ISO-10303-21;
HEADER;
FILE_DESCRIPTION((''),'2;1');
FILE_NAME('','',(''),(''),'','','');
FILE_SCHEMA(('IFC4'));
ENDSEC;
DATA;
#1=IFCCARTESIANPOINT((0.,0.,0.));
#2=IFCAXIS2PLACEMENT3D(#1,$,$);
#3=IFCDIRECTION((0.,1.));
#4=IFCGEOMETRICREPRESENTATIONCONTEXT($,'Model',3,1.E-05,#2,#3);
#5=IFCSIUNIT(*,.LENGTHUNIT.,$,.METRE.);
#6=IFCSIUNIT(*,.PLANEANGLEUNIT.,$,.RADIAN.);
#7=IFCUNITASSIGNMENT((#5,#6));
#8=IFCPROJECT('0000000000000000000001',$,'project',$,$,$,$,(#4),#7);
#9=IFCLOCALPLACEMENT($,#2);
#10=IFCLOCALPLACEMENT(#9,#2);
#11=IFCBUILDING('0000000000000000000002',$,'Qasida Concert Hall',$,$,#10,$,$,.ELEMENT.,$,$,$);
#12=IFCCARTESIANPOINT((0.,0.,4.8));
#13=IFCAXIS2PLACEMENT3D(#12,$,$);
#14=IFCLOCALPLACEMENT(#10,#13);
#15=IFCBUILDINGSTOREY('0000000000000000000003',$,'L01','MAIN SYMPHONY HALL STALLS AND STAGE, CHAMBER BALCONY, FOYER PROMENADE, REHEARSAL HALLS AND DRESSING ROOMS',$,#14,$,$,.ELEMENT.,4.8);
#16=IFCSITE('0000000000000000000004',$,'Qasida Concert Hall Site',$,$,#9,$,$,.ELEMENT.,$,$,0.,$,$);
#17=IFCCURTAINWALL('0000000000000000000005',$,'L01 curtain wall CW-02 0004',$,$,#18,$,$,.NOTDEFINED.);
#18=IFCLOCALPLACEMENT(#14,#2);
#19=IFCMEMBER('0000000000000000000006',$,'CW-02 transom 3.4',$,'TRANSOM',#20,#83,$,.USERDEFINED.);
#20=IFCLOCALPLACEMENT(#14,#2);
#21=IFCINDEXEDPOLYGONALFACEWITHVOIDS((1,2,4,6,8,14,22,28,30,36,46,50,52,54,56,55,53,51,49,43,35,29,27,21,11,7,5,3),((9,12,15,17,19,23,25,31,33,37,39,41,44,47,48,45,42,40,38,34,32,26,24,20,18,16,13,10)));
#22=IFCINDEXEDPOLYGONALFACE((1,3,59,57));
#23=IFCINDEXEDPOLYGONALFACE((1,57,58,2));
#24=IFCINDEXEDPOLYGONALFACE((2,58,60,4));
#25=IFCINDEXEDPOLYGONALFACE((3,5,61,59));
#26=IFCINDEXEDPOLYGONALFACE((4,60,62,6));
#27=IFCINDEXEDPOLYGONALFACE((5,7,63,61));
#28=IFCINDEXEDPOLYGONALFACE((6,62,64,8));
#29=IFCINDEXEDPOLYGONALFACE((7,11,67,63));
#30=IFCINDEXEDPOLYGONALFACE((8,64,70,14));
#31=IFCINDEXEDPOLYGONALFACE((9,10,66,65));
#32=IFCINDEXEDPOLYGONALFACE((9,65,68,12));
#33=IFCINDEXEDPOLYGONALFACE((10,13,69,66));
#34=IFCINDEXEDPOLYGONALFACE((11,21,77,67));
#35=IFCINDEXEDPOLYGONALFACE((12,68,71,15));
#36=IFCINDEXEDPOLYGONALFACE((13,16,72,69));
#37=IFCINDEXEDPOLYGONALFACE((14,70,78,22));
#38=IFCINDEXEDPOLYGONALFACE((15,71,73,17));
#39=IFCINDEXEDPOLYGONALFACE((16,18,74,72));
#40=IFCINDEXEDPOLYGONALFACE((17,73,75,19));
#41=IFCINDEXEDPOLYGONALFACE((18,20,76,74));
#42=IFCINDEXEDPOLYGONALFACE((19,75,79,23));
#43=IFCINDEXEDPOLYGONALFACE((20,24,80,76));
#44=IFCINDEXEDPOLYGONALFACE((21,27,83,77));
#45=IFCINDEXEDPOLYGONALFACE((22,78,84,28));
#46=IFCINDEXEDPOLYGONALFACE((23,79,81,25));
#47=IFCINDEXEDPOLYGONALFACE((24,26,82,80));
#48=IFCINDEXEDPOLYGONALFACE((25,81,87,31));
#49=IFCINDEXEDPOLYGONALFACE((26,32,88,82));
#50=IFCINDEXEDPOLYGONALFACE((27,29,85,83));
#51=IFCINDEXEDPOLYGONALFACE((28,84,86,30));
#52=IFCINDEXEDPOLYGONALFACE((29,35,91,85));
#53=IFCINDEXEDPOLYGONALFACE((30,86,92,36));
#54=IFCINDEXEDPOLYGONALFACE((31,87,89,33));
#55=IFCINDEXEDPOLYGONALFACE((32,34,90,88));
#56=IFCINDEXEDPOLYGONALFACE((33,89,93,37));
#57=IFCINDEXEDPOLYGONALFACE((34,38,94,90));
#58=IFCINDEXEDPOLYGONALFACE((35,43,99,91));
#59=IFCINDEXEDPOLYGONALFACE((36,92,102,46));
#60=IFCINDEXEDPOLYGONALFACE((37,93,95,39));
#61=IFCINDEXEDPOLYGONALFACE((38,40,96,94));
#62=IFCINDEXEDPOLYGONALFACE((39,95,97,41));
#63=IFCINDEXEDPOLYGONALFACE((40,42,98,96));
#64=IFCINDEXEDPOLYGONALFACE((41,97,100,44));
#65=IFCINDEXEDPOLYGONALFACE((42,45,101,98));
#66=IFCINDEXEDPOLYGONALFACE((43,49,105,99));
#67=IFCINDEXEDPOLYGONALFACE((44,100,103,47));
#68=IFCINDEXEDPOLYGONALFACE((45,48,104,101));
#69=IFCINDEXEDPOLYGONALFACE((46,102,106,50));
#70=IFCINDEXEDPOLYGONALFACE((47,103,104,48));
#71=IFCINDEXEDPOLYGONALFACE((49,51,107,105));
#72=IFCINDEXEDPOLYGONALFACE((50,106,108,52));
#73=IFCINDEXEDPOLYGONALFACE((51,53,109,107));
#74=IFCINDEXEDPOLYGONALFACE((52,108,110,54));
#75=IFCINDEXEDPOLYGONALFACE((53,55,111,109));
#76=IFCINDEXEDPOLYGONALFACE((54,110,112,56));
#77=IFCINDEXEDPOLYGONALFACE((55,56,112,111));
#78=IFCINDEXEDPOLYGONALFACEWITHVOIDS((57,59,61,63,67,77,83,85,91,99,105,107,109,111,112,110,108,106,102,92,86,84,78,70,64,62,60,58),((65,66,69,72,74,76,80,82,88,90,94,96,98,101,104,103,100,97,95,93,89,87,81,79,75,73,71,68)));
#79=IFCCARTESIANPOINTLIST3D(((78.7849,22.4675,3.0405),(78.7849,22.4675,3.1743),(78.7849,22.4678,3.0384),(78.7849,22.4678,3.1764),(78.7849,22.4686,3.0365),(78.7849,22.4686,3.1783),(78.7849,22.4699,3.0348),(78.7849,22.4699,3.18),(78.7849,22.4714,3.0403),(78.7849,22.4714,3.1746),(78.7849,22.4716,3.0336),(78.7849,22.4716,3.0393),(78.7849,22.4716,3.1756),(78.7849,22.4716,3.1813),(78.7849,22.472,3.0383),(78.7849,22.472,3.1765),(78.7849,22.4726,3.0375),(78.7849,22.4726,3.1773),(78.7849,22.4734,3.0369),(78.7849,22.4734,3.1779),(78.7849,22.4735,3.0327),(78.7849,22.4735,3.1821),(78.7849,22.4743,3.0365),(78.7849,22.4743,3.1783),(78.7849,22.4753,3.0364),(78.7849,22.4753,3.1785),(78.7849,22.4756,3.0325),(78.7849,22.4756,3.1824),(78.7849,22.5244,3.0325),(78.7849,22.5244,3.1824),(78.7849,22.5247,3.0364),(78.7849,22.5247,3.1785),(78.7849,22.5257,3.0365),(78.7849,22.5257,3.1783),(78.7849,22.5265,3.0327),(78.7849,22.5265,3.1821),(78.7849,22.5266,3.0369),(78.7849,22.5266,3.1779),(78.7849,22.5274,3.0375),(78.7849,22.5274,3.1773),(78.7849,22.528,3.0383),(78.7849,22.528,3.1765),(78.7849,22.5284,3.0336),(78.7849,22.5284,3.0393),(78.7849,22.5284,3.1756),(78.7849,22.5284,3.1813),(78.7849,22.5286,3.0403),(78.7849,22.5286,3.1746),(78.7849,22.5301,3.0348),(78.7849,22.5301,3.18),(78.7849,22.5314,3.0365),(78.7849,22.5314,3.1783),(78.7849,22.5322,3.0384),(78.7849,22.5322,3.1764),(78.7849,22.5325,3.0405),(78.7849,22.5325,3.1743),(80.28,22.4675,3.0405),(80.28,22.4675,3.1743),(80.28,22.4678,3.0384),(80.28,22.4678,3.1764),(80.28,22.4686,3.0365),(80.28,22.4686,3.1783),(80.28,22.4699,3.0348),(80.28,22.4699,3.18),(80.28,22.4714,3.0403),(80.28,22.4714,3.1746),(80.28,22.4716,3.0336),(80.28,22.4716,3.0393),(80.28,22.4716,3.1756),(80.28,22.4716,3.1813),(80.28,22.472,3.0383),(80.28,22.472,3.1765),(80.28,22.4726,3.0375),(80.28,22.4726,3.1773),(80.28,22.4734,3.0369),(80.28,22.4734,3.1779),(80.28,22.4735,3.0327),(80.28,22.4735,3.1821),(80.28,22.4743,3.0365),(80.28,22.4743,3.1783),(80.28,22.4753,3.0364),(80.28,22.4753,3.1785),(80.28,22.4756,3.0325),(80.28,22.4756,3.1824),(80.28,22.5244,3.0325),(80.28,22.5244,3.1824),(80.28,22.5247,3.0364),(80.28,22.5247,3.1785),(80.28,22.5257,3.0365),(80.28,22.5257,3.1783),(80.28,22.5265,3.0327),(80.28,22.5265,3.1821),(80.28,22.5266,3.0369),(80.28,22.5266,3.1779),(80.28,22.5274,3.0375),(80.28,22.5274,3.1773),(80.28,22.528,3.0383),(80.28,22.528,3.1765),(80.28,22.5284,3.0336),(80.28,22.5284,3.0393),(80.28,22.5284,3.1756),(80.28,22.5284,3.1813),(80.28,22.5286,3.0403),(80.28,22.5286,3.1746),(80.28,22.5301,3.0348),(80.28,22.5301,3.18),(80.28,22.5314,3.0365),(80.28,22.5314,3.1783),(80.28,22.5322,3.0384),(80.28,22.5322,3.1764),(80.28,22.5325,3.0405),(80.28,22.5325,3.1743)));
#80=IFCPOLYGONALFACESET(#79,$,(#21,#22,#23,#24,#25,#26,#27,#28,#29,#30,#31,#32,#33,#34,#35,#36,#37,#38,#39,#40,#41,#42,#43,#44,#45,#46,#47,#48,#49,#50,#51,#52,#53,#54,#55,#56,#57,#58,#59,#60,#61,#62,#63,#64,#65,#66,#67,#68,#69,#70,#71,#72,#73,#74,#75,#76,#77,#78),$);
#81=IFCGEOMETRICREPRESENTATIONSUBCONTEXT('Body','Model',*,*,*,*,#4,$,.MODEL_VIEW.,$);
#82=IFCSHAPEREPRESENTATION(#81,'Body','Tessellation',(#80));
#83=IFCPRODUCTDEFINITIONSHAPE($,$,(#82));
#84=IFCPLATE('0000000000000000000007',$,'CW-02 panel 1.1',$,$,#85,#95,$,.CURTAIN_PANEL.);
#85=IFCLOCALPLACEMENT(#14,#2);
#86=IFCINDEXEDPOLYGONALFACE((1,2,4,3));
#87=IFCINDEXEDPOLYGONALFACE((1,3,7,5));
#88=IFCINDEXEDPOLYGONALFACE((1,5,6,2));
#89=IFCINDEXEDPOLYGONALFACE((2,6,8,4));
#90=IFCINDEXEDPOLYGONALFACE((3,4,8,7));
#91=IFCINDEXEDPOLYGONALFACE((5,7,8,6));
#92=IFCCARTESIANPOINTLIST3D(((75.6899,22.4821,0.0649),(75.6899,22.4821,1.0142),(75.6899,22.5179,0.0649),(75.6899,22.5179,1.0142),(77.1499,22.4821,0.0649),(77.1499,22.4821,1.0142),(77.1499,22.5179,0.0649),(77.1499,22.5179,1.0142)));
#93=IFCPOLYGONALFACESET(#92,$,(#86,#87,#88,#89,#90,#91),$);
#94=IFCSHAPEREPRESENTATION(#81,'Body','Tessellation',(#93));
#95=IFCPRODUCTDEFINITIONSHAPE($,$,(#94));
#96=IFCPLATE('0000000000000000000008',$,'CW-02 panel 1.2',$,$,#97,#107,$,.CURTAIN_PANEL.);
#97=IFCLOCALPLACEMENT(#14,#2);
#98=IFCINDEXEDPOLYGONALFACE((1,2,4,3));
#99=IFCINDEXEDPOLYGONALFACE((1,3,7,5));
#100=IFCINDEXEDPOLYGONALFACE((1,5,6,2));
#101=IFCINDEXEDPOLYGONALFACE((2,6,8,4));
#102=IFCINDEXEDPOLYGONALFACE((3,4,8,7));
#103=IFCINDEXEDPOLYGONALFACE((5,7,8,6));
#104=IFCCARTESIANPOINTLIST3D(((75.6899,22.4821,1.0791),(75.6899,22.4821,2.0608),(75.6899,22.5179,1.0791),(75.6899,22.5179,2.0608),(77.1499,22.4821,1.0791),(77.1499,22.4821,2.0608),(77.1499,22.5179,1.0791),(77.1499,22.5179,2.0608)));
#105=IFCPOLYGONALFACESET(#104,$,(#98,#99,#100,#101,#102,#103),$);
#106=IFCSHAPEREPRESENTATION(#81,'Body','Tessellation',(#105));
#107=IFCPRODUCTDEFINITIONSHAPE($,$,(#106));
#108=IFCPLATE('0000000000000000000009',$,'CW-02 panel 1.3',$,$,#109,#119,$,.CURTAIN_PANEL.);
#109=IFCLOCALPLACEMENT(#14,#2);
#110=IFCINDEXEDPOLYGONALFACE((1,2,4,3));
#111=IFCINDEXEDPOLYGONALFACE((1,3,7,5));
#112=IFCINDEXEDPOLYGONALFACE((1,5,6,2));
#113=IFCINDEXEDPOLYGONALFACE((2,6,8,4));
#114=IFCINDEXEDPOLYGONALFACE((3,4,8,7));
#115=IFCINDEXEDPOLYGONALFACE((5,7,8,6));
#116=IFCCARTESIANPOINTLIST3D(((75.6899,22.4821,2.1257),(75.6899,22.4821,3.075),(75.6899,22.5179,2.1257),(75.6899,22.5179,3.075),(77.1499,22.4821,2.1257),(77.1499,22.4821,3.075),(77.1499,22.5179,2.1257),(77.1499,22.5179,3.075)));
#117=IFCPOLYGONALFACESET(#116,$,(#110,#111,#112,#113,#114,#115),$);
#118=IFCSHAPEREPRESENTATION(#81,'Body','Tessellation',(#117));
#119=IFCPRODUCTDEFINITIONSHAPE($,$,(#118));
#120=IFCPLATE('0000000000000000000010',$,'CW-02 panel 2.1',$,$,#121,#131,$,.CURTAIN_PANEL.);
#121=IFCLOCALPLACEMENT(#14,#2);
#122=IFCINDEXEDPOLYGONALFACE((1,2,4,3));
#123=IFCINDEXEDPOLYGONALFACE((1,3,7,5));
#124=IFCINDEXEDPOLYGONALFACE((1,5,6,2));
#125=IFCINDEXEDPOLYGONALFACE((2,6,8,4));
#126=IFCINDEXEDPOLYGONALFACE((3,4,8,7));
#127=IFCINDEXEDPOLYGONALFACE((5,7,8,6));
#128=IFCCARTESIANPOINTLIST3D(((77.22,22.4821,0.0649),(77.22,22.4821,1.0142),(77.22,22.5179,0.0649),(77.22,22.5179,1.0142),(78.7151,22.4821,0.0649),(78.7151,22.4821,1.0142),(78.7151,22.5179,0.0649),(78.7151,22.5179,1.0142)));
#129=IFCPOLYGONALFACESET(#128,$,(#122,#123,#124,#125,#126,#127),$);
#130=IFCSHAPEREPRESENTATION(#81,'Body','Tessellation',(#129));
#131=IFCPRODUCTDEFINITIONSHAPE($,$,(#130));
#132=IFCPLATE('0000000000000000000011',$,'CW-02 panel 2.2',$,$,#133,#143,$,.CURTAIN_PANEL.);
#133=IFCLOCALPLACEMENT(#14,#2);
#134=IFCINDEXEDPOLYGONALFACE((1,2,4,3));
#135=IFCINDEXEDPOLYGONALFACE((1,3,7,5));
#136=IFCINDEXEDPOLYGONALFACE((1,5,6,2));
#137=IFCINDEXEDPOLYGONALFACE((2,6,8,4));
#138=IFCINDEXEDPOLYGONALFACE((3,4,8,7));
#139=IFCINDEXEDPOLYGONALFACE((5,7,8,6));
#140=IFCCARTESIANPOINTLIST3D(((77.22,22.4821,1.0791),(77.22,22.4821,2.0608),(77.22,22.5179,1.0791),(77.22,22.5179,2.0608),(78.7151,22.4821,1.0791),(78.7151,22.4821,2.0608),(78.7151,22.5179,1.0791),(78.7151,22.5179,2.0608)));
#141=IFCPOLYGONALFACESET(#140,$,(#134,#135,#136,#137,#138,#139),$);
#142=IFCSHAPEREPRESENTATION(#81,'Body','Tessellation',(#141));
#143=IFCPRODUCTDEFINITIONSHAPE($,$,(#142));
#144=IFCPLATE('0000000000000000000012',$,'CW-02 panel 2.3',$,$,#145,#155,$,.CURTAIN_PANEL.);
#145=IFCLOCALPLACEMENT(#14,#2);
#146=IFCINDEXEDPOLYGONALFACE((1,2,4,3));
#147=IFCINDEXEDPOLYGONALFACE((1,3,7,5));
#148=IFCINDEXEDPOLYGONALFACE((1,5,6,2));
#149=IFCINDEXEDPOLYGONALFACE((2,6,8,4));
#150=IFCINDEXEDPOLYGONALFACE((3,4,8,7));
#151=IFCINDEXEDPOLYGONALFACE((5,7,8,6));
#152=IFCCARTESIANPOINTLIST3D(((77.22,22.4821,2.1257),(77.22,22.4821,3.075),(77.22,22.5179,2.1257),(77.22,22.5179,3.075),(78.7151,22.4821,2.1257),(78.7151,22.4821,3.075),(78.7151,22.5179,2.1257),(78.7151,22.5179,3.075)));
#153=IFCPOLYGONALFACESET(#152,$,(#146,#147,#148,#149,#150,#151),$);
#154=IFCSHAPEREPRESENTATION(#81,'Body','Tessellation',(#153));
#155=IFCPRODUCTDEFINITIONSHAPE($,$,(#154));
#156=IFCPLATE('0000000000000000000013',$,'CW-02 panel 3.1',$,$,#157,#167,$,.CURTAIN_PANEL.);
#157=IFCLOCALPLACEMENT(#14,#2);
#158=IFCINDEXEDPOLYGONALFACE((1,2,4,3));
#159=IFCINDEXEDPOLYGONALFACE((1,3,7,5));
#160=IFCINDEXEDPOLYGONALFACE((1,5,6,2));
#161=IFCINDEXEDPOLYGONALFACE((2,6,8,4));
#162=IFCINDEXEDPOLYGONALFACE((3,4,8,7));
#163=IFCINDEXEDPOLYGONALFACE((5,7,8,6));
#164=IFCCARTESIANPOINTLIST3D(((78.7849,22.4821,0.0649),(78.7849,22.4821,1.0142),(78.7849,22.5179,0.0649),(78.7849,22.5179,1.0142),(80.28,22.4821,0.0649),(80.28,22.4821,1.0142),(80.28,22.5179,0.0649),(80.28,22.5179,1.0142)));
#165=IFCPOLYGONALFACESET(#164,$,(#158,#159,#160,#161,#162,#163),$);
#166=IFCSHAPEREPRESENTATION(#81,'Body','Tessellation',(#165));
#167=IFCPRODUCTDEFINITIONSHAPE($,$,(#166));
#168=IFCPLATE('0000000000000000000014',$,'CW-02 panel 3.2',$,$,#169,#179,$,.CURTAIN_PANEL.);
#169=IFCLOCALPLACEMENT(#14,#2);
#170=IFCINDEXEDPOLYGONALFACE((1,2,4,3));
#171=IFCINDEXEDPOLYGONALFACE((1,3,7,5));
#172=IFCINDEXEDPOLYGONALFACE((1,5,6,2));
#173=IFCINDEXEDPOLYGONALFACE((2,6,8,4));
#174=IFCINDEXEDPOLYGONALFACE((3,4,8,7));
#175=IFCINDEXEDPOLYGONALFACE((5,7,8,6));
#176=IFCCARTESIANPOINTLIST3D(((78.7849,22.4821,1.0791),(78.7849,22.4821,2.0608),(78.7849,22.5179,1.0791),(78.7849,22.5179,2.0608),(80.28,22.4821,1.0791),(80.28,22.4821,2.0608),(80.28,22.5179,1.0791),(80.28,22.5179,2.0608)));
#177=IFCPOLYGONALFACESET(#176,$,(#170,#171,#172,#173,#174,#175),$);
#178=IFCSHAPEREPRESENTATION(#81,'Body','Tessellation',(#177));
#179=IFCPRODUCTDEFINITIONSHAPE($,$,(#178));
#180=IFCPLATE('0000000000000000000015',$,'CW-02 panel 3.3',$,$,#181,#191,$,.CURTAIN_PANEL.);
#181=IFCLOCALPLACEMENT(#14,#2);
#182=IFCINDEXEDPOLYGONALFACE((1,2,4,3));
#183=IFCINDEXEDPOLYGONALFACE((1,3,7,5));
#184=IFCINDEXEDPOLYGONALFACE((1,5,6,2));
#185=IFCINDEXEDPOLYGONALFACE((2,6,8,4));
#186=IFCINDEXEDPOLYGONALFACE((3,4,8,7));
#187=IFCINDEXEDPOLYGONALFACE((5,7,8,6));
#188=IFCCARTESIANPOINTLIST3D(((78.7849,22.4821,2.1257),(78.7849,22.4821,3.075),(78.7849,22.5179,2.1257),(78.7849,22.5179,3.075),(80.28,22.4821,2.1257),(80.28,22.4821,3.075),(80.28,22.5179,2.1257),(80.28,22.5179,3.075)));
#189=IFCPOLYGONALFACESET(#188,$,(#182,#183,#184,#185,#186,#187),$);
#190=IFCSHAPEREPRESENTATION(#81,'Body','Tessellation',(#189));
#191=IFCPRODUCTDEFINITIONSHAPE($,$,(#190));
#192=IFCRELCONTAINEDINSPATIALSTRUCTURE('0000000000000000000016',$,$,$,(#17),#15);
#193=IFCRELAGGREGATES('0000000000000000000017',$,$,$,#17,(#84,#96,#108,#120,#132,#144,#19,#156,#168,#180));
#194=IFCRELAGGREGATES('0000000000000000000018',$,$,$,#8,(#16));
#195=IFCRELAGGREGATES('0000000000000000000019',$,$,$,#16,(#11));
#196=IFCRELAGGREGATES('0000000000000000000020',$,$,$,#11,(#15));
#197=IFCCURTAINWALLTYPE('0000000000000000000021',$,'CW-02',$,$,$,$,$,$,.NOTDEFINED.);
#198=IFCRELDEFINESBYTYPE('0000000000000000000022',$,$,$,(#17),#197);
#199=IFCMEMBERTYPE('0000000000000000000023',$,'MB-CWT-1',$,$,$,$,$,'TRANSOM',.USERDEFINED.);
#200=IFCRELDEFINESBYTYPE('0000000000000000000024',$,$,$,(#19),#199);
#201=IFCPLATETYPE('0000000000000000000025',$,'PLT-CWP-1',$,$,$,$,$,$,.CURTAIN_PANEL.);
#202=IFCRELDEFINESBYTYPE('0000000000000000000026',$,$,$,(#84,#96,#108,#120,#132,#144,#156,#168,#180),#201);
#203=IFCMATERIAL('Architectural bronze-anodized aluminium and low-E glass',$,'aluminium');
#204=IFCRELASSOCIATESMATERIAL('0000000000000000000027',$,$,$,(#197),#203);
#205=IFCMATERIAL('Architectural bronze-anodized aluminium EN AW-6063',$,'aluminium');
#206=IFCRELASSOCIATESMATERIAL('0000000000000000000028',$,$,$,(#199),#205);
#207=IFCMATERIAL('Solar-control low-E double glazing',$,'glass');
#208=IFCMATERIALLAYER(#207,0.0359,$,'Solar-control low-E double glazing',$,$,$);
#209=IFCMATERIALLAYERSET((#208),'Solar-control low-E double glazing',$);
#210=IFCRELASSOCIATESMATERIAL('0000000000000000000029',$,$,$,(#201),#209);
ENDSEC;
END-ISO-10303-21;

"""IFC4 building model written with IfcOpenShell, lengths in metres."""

from ifc_helpers import new_model, si_unit, direction, frame, origin, origin_2d, place, context, subcontext, project, spatial, rectangle, hollow_rectangle, extrude, material, layer, layer_set, material_profile, profile_set, type_object, element, aggregate, save


model = new_model("IFC4")

# Units and contexts
model_context = context("Model", 3, precision=1e-05, world=origin(), true_north=direction((0.0, 1.0)))
body_context = subcontext(model_context, "Body", "Model", "MODEL_VIEW")
ifc_project = project(units=[si_unit("LENGTHUNIT", "METRE"), si_unit("PLANEANGLEUNIT", "RADIAN")], contexts=[model_context])

# Site, building, storey
site_placement = place(None, origin())
site = spatial("IfcSite", under=ifc_project, at=site_placement, Name="Qasida Concert Hall Site", CompositionType="ELEMENT", RefElevation=0.0)
building_placement = place(site_placement, origin())
building = spatial("IfcBuilding", under=site, at=building_placement, Name="Qasida Concert Hall", CompositionType="ELEMENT")
storey_placement = place(building_placement, frame((0.0, 0.0, 4.8)))
storey = spatial("IfcBuildingStorey", under=building, at=storey_placement, Name="L01", Description="MAIN SYMPHONY HALL STALLS AND STAGE, CHAMBER BALCONY, FOYER PROMENADE, REHEARSAL HALLS AND DRESSING ROOMS", CompositionType="ELEMENT", Elevation=4.8)

# Curtain wall, member, plates
ifc_material_1 = material(Name="Architectural bronze-anodized aluminium and low-E glass", Category="aluminium")
curtain_wall_type = type_object("IfcCurtainWallType", Name="CW-02", PredefinedType="NOTDEFINED", material=ifc_material_1)
curtain_wall_placement = place(storey_placement, origin())
curtain_wall = element("IfcCurtainWall", 1, at=curtain_wall_placement, inside=storey, type_object=curtain_wall_type, Name="L01 curtain wall CW-02 0004", PredefinedType="NOTDEFINED")
ifc_material_2 = material(Name="Architectural bronze-anodized aluminium EN AW-6063", Category="aluminium")
ifc_material_profile_1 = material_profile(ifc_material_2, hollow_rectangle(XDim=0.0649, YDim=0.1499, WallThickness=0.0039, InnerFilletRadius=0.0039, OuterFilletRadius=0.0081, at=origin_2d()), Name="CWT 150x65x4")
ifc_profile_set_1 = profile_set([ifc_material_profile_1], Name="Architectural bronze-anodized aluminium EN AW-6063")
member_type_1 = type_object("IfcMemberType", Name="MB-CWT-1", ElementType="TRANSOM", PredefinedType="USERDEFINED", material=ifc_profile_set_1)
member_1_placement = place(storey_placement, frame((78.7849, 22.5, 3.1074), z_axis=(1.0, 0.0, 0.0), x_axis=(0.0, 1.0, 0.0)))
member_1 = element("IfcMember", 2, at=member_1_placement, type_object=member_type_1, Name="CW-02 transom 3.4", ObjectType="TRANSOM", PredefinedType="USERDEFINED", context=body_context, shape_type="SweptSolid", body=[
    extrude(hollow_rectangle(XDim=0.0649, YDim=0.1499, WallThickness=0.0039, InnerFilletRadius=0.0039, OuterFilletRadius=0.0081, at=origin_2d()), origin(), (0.0, 0.0, 1.0), 1.4951),
])
ifc_material_3 = material(Name="Solar-control low-E double glazing", Category="glass")
ifc_layer_1 = layer(ifc_material_3, 0.0359, Name="Solar-control low-E double glazing")
ifc_layer_set_1 = layer_set([ifc_layer_1], Name="Solar-control low-E double glazing")
plate_type = type_object("IfcPlateType", Name="PLT-CWP-1", PredefinedType="CURTAIN_PANEL", material=ifc_layer_set_1)
plate_1_placement = place(storey_placement, frame((76.4199, 22.5, 0.0649), z_axis=(0.0, 0.0, 1.0), x_axis=(1.0, 0.0, 0.0)))
plate_1 = element("IfcPlate", 3, at=plate_1_placement, type_object=plate_type, Name="CW-02 panel 1.1", PredefinedType="CURTAIN_PANEL", context=body_context, shape_type="SweptSolid", body=[
    extrude(rectangle(XDim=1.46, YDim=0.0359, at=origin_2d()), origin(), (0.0, 0.0, 1.0), 0.9492),
])
plate_2_placement = place(storey_placement, frame((76.4199, 22.5, 1.0791), z_axis=(0.0, 0.0, 1.0), x_axis=(1.0, 0.0, 0.0)))
plate_2 = element("IfcPlate", 4, at=plate_2_placement, type_object=plate_type, Name="CW-02 panel 1.2", PredefinedType="CURTAIN_PANEL", context=body_context, shape_type="SweptSolid", body=[
    extrude(rectangle(XDim=1.46, YDim=0.0359, at=origin_2d()), origin(), (0.0, 0.0, 1.0), 0.9817),
])
plate_3_placement = place(storey_placement, frame((76.4199, 22.5, 2.1257), z_axis=(0.0, 0.0, 1.0), x_axis=(1.0, 0.0, 0.0)))
plate_3 = element("IfcPlate", 5, at=plate_3_placement, type_object=plate_type, Name="CW-02 panel 1.3", PredefinedType="CURTAIN_PANEL", context=body_context, shape_type="SweptSolid", body=[
    extrude(rectangle(XDim=1.46, YDim=0.0359, at=origin_2d()), origin(), (0.0, 0.0, 1.0), 0.9492),
])
plate_4_placement = place(storey_placement, frame((77.9675, 22.5, 0.0649), z_axis=(0.0, 0.0, 1.0), x_axis=(1.0, 0.0, 0.0)))
plate_4 = element("IfcPlate", 6, at=plate_4_placement, type_object=plate_type, Name="CW-02 panel 2.1", PredefinedType="CURTAIN_PANEL", context=body_context, shape_type="SweptSolid", body=[
    extrude(rectangle(XDim=1.4951, YDim=0.0359, at=origin_2d()), origin(), (0.0, 0.0, 1.0), 0.9492),
])
plate_5_placement = place(storey_placement, frame((77.9675, 22.5, 1.0791), z_axis=(0.0, 0.0, 1.0), x_axis=(1.0, 0.0, 0.0)))
plate_5 = element("IfcPlate", 7, at=plate_5_placement, type_object=plate_type, Name="CW-02 panel 2.2", PredefinedType="CURTAIN_PANEL", context=body_context, shape_type="SweptSolid", body=[
    extrude(rectangle(XDim=1.4951, YDim=0.0359, at=origin_2d()), origin(), (0.0, 0.0, 1.0), 0.9817),
])
plate_6_placement = place(storey_placement, frame((77.9675, 22.5, 2.1257), z_axis=(0.0, 0.0, 1.0), x_axis=(1.0, 0.0, 0.0)))
plate_6 = element("IfcPlate", 8, at=plate_6_placement, type_object=plate_type, Name="CW-02 panel 2.3", PredefinedType="CURTAIN_PANEL", context=body_context, shape_type="SweptSolid", body=[
    extrude(rectangle(XDim=1.4951, YDim=0.0359, at=origin_2d()), origin(), (0.0, 0.0, 1.0), 0.9492),
])
plate_7_placement = place(storey_placement, frame((79.5325, 22.5, 0.0649), z_axis=(0.0, 0.0, 1.0), x_axis=(1.0, 0.0, 0.0)))
plate_7 = element("IfcPlate", 9, at=plate_7_placement, type_object=plate_type, Name="CW-02 panel 3.1", PredefinedType="CURTAIN_PANEL", context=body_context, shape_type="SweptSolid", body=[
    extrude(rectangle(XDim=1.4951, YDim=0.0359, at=origin_2d()), origin(), (0.0, 0.0, 1.0), 0.9492),
])
plate_8_placement = place(storey_placement, frame((79.5325, 22.5, 1.0791), z_axis=(0.0, 0.0, 1.0), x_axis=(1.0, 0.0, 0.0)))
plate_8 = element("IfcPlate", 10, at=plate_8_placement, type_object=plate_type, Name="CW-02 panel 3.2", PredefinedType="CURTAIN_PANEL", context=body_context, shape_type="SweptSolid", body=[
    extrude(rectangle(XDim=1.4951, YDim=0.0359, at=origin_2d()), origin(), (0.0, 0.0, 1.0), 0.9817),
])
plate_9_placement = place(storey_placement, frame((79.5325, 22.5, 2.1257), z_axis=(0.0, 0.0, 1.0), x_axis=(1.0, 0.0, 0.0)))
plate_9 = element("IfcPlate", 11, at=plate_9_placement, type_object=plate_type, Name="CW-02 panel 3.3", PredefinedType="CURTAIN_PANEL", context=body_context, shape_type="SweptSolid", body=[
    extrude(rectangle(XDim=1.4951, YDim=0.0359, at=origin_2d()), origin(), (0.0, 0.0, 1.0), 0.9492),
])
aggregate(curtain_wall, [plate_1, plate_2, plate_3, plate_4, plate_5, plate_6, member_1, plate_7, plate_8, plate_9])

save(model, "model.ifc")
